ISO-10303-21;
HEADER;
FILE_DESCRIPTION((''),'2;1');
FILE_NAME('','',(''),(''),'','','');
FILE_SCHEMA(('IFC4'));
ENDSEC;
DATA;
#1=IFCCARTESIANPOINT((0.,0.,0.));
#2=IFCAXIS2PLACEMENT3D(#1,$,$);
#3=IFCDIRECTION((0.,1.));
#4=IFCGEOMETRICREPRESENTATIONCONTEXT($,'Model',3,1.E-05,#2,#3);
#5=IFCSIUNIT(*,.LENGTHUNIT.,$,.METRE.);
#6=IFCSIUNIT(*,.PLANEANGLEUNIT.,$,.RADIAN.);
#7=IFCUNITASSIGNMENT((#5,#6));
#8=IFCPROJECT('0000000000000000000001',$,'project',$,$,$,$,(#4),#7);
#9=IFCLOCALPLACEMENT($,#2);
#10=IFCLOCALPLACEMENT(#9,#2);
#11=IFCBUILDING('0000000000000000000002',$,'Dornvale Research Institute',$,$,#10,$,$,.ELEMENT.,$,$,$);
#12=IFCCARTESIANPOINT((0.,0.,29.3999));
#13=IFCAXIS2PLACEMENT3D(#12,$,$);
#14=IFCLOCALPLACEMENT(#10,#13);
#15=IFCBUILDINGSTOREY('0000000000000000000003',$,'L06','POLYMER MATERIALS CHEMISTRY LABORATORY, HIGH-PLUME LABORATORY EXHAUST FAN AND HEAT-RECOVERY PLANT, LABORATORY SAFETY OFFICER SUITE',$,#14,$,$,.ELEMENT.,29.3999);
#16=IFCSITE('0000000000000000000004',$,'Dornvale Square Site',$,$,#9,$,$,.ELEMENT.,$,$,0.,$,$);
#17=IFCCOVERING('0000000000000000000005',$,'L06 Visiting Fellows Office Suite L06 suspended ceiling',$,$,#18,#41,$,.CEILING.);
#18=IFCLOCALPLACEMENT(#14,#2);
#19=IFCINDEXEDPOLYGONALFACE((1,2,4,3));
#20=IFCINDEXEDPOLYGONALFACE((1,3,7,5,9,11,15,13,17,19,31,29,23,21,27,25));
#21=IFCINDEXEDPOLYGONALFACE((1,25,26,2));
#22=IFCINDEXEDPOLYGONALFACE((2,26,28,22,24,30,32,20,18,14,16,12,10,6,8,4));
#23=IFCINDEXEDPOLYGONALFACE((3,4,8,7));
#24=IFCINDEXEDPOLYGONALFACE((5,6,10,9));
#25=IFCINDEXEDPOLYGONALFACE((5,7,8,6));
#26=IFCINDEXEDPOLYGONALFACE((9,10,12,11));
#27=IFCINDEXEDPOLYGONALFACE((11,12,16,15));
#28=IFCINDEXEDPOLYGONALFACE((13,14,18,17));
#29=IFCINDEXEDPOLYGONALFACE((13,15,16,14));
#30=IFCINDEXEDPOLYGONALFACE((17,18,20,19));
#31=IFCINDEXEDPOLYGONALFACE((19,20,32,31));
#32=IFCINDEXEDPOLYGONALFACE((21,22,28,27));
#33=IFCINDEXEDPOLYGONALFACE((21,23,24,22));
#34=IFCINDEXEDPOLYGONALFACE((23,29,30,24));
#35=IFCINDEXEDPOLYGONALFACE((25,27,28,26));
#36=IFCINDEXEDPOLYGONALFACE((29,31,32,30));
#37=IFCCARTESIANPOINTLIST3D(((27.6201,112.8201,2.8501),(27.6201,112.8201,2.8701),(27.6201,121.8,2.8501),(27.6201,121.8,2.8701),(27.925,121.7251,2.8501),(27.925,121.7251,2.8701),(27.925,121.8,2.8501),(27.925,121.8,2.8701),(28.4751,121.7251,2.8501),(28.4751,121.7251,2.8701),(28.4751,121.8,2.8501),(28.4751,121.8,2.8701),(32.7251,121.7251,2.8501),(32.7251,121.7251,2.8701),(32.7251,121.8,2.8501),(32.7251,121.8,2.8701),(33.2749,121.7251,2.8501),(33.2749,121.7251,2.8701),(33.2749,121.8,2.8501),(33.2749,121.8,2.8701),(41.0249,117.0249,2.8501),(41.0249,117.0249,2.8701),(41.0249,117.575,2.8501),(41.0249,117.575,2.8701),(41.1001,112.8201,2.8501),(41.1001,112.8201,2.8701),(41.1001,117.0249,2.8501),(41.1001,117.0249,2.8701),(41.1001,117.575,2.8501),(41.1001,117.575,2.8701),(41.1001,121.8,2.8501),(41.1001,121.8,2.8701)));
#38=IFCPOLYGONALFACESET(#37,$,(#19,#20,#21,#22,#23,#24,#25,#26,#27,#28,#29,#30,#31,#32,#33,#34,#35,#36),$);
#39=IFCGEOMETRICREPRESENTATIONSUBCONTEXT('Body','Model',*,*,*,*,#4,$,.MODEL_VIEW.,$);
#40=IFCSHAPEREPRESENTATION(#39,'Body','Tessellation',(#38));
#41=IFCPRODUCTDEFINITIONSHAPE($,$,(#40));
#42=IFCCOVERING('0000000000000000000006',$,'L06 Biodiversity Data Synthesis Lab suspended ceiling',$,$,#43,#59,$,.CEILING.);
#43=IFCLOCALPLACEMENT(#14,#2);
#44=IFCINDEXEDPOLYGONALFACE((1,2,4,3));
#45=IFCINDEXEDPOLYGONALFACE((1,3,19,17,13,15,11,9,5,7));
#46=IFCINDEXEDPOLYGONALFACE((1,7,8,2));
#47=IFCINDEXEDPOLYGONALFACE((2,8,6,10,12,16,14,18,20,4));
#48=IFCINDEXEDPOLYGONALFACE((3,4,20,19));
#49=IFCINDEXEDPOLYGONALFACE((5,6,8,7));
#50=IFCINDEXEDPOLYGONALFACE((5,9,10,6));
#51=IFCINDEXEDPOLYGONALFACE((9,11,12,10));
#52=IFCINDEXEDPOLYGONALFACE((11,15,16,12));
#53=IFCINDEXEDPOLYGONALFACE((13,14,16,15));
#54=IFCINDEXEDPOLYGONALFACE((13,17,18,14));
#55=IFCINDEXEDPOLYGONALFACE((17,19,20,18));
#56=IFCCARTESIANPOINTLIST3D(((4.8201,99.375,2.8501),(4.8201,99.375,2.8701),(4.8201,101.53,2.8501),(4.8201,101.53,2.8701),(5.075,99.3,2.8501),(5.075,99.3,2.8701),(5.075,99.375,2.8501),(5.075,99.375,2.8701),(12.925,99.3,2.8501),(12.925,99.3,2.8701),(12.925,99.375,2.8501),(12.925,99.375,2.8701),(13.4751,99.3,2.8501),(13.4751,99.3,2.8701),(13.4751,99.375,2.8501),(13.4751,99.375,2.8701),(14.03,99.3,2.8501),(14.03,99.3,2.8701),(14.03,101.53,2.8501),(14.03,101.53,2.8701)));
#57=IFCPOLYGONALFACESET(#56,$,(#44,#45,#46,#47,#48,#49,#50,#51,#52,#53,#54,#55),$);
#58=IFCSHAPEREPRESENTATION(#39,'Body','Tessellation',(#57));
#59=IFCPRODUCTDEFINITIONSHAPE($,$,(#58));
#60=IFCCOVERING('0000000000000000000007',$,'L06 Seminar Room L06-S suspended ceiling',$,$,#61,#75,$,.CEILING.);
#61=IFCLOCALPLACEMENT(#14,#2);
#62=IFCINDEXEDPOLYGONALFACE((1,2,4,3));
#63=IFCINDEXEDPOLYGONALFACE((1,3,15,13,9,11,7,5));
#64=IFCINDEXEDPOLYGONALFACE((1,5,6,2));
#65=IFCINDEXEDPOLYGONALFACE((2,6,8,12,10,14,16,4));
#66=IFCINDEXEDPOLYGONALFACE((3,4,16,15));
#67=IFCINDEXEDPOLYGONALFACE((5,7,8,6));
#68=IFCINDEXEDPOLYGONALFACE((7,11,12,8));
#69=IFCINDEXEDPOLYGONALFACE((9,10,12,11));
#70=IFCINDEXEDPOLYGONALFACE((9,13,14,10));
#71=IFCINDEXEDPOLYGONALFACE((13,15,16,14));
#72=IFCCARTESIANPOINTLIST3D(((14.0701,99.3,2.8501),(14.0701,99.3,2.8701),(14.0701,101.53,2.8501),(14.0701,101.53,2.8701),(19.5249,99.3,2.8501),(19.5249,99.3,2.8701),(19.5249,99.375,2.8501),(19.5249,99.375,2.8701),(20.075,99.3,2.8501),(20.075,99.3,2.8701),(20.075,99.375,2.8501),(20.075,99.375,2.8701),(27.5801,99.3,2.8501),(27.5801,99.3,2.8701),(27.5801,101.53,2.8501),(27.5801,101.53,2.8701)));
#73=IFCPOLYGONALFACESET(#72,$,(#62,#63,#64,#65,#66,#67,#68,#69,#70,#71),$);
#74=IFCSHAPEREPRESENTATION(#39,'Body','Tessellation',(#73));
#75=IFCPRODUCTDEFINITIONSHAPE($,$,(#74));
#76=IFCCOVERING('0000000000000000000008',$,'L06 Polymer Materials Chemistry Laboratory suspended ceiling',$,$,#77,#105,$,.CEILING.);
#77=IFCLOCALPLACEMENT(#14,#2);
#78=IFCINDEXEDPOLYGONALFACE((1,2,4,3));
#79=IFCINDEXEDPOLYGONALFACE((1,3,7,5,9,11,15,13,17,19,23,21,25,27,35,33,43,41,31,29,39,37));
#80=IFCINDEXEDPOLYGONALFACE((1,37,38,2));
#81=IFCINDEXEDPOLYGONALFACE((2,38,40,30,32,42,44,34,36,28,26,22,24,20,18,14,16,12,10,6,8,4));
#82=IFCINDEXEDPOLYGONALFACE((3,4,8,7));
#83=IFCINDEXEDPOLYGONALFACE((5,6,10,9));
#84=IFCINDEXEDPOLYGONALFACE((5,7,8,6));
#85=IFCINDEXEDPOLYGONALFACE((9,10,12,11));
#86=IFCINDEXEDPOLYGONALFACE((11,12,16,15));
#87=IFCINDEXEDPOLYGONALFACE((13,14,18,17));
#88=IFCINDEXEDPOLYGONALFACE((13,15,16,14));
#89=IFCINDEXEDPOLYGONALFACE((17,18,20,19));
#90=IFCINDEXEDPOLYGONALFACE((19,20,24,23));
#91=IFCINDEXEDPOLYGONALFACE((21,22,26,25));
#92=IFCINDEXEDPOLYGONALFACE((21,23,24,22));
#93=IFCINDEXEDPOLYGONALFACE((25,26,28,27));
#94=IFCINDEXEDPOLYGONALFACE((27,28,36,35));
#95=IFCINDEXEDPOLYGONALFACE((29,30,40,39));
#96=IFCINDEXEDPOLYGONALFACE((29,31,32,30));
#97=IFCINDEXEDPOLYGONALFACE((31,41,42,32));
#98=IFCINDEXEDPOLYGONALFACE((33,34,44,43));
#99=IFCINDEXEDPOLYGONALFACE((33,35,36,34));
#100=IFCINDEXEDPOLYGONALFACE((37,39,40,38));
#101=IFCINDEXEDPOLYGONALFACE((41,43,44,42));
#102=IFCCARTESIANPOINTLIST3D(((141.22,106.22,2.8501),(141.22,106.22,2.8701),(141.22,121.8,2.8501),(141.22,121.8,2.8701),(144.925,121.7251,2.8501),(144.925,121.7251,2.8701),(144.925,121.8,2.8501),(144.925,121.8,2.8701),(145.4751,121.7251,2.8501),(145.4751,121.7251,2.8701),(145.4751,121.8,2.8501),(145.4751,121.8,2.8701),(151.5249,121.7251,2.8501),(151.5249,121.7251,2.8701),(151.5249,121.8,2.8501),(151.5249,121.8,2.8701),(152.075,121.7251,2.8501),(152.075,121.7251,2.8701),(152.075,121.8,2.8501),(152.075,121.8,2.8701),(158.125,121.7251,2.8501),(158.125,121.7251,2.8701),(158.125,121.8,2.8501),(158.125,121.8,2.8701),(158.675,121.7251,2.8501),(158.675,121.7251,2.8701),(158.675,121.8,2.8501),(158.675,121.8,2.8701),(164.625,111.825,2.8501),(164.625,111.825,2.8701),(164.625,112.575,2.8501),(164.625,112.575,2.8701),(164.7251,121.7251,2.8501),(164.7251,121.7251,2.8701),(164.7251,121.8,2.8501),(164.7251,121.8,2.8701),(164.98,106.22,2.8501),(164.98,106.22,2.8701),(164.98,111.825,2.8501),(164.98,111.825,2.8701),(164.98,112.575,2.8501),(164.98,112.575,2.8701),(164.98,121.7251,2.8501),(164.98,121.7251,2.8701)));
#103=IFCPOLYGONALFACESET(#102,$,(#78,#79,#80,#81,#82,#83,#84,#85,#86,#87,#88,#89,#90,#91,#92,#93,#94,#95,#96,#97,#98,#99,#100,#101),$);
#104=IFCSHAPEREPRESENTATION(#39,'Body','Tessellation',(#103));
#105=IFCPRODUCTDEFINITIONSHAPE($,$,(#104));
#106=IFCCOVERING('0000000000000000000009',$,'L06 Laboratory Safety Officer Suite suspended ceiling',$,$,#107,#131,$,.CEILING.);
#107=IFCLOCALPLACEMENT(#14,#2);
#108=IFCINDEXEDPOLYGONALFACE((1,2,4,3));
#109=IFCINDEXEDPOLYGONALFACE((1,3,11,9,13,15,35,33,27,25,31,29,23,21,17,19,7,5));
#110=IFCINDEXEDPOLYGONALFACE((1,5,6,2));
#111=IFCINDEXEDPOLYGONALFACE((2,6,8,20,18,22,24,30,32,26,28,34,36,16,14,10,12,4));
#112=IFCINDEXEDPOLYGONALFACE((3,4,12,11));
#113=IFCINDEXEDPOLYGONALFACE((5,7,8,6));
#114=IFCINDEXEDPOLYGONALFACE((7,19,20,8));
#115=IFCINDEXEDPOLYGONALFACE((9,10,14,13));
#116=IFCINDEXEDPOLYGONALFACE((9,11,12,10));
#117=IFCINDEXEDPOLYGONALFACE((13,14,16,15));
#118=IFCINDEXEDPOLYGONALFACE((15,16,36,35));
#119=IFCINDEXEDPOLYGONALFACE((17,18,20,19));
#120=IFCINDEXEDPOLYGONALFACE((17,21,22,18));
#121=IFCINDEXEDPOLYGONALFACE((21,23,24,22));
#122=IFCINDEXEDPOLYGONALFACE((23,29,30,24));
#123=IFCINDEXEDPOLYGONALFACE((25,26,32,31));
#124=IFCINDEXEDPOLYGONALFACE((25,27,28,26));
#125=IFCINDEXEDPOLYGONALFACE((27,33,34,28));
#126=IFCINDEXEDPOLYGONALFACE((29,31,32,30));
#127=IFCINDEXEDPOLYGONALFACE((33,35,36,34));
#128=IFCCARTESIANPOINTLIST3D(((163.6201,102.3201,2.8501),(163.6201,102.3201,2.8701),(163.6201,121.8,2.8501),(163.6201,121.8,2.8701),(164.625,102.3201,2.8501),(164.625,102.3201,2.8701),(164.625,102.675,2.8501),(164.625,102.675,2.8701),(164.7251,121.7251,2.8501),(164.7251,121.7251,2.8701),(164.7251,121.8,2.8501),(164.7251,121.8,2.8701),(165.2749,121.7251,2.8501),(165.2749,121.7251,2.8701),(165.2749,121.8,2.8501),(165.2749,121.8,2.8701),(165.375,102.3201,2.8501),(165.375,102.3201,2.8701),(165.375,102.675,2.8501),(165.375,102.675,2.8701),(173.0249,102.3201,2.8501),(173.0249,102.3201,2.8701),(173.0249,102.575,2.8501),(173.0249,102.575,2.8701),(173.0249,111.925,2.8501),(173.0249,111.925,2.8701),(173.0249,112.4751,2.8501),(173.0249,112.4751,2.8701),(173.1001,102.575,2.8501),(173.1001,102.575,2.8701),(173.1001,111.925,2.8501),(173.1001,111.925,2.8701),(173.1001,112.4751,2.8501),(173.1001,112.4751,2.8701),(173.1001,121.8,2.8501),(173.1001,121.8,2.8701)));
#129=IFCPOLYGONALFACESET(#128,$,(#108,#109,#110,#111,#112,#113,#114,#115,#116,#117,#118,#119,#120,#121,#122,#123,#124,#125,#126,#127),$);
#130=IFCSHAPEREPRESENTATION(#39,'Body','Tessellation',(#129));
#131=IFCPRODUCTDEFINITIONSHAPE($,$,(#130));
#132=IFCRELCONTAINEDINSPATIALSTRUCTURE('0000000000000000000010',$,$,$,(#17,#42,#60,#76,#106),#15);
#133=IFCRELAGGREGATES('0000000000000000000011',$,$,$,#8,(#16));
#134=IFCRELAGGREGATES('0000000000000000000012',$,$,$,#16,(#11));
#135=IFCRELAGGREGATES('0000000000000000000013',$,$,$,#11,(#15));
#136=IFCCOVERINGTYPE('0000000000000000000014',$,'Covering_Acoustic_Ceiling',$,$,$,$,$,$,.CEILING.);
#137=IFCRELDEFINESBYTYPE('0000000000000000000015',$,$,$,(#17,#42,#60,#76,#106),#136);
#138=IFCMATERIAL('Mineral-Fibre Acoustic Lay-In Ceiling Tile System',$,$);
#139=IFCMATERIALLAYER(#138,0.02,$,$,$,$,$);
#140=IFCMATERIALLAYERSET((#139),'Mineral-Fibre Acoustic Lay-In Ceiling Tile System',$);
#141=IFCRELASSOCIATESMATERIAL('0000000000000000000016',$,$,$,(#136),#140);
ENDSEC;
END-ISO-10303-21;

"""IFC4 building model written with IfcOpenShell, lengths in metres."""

from ifc_helpers import new_model, si_unit, direction, frame, origin, place, context, subcontext, project, spatial, polyline, outline, extrude, material, layer, layer_set, type_object, element, save


model = new_model("IFC4")

# Units and contexts
model_context = context("Model", 3, precision=1e-05, world=origin(), true_north=direction((0.0, 1.0)))
body_context = subcontext(model_context, "Body", "Model", "MODEL_VIEW")
ifc_project = project(units=[si_unit("LENGTHUNIT", "METRE"), si_unit("PLANEANGLEUNIT", "RADIAN")], contexts=[model_context])

# Site, building, storey
site_placement = place(None, origin())
site = spatial("IfcSite", under=ifc_project, at=site_placement, Name="Dornvale Square Site", CompositionType="ELEMENT", RefElevation=0.0)
building_placement = place(site_placement, origin())
building = spatial("IfcBuilding", under=site, at=building_placement, Name="Dornvale Research Institute", CompositionType="ELEMENT")
storey_placement = place(building_placement, frame((0.0, 0.0, 29.3999)))
storey = spatial("IfcBuildingStorey", under=building, at=storey_placement, Name="L06", Description="POLYMER MATERIALS CHEMISTRY LABORATORY, HIGH-PLUME LABORATORY EXHAUST FAN AND HEAT-RECOVERY PLANT, LABORATORY SAFETY OFFICER SUITE", CompositionType="ELEMENT", Elevation=29.3999)

# Coverings
ifc_material_1 = material(Name="Mineral-Fibre Acoustic Lay-In Ceiling Tile System")
ifc_layer_1 = layer(ifc_material_1, 0.02)
ifc_layer_set_1 = layer_set([ifc_layer_1], Name="Mineral-Fibre Acoustic Lay-In Ceiling Tile System")
covering_type_1 = type_object("IfcCoveringType", Name="Covering_Acoustic_Ceiling", PredefinedType="CEILING", material=ifc_layer_set_1)
covering_1_placement = place(storey_placement, frame((0.0, 0.0, 2.8501)))
element("IfcCovering", 1, at=covering_1_placement, inside=storey, type_object=covering_type_1, Name="L06 Visiting Fellows Office Suite L06 suspended ceiling", PredefinedType="CEILING", context=body_context, shape_type="SweptSolid", body=[
    extrude(outline(polyline([(33.2749, 121.7251), (33.2749, 121.8), (41.1001, 121.8), (41.1001, 117.575), (41.0249, 117.575), (41.0249, 117.0249), (41.1001, 117.0249), (41.1001, 112.8201), (27.6201, 112.8201), (27.6201, 121.8), (27.925, 121.8), (27.925, 121.7251), (28.4751, 121.7251), (28.4751, 121.8), (32.7251, 121.8), (32.7251, 121.7251), (33.2749, 121.7251)])), origin(), (0.0, 0.0, 1.0), 0.02),
])
covering_2_placement = place(storey_placement, frame((0.0, 0.0, 2.8501)))
element("IfcCovering", 2, at=covering_2_placement, inside=storey, type_object=covering_type_1, Name="L06 Biodiversity Data Synthesis Lab suspended ceiling", PredefinedType="CEILING", context=body_context, shape_type="SweptSolid", body=[
    extrude(outline(polyline([(14.03, 101.53), (14.03, 99.3), (13.4751, 99.3), (13.4751, 99.375), (12.925, 99.375), (12.925, 99.3), (5.075, 99.3), (5.075, 99.375), (4.8201, 99.375), (4.8201, 101.53), (14.03, 101.53)])), origin(), (0.0, 0.0, 1.0), 0.02),
])
covering_3_placement = place(storey_placement, frame((0.0, 0.0, 2.8501)))
element("IfcCovering", 3, at=covering_3_placement, inside=storey, type_object=covering_type_1, Name="L06 Seminar Room L06-S suspended ceiling", PredefinedType="CEILING", context=body_context, shape_type="SweptSolid", body=[
    extrude(outline(polyline([(14.0701, 99.3), (14.0701, 101.53), (27.5801, 101.53), (27.5801, 99.3), (20.075, 99.3), (20.075, 99.375), (19.5249, 99.375), (19.5249, 99.3), (14.0701, 99.3)])), origin(), (0.0, 0.0, 1.0), 0.02),
])
covering_4_placement = place(storey_placement, frame((0.0, 0.0, 2.8501)))
element("IfcCovering", 4, at=covering_4_placement, inside=storey, type_object=covering_type_1, Name="L06 Polymer Materials Chemistry Laboratory suspended ceiling", PredefinedType="CEILING", context=body_context, shape_type="SweptSolid", body=[
    extrude(outline(polyline([(164.98, 121.7251), (164.98, 112.575), (164.625, 112.575), (164.625, 111.825), (164.98, 111.825), (164.98, 106.22), (141.22, 106.22), (141.22, 121.8), (144.925, 121.8), (144.925, 121.7251), (145.4751, 121.7251), (145.4751, 121.8), (151.5249, 121.8), (151.5249, 121.7251), (152.075, 121.7251), (152.075, 121.8), (158.125, 121.8), (158.125, 121.7251), (158.675, 121.7251), (158.675, 121.8), (164.7251, 121.8), (164.7251, 121.7251), (164.98, 121.7251)])), origin(), (0.0, 0.0, 1.0), 0.02),
])
covering_5_placement = place(storey_placement, frame((0.0, 0.0, 2.8501)))
element("IfcCovering", 5, at=covering_5_placement, inside=storey, type_object=covering_type_1, Name="L06 Laboratory Safety Officer Suite suspended ceiling", PredefinedType="CEILING", context=body_context, shape_type="SweptSolid", body=[
    extrude(outline(polyline([(163.6201, 102.3201), (163.6201, 121.8), (164.7251, 121.8), (164.7251, 121.7251), (165.2749, 121.7251), (165.2749, 121.8), (173.1001, 121.8), (173.1001, 112.4751), (173.0249, 112.4751), (173.0249, 111.925), (173.1001, 111.925), (173.1001, 102.575), (173.0249, 102.575), (173.0249, 102.3201), (165.375, 102.3201), (165.375, 102.675), (164.625, 102.675), (164.625, 102.3201), (163.6201, 102.3201)])), origin(), (0.0, 0.0, 1.0), 0.02),
])

save(model, "model.ifc")
